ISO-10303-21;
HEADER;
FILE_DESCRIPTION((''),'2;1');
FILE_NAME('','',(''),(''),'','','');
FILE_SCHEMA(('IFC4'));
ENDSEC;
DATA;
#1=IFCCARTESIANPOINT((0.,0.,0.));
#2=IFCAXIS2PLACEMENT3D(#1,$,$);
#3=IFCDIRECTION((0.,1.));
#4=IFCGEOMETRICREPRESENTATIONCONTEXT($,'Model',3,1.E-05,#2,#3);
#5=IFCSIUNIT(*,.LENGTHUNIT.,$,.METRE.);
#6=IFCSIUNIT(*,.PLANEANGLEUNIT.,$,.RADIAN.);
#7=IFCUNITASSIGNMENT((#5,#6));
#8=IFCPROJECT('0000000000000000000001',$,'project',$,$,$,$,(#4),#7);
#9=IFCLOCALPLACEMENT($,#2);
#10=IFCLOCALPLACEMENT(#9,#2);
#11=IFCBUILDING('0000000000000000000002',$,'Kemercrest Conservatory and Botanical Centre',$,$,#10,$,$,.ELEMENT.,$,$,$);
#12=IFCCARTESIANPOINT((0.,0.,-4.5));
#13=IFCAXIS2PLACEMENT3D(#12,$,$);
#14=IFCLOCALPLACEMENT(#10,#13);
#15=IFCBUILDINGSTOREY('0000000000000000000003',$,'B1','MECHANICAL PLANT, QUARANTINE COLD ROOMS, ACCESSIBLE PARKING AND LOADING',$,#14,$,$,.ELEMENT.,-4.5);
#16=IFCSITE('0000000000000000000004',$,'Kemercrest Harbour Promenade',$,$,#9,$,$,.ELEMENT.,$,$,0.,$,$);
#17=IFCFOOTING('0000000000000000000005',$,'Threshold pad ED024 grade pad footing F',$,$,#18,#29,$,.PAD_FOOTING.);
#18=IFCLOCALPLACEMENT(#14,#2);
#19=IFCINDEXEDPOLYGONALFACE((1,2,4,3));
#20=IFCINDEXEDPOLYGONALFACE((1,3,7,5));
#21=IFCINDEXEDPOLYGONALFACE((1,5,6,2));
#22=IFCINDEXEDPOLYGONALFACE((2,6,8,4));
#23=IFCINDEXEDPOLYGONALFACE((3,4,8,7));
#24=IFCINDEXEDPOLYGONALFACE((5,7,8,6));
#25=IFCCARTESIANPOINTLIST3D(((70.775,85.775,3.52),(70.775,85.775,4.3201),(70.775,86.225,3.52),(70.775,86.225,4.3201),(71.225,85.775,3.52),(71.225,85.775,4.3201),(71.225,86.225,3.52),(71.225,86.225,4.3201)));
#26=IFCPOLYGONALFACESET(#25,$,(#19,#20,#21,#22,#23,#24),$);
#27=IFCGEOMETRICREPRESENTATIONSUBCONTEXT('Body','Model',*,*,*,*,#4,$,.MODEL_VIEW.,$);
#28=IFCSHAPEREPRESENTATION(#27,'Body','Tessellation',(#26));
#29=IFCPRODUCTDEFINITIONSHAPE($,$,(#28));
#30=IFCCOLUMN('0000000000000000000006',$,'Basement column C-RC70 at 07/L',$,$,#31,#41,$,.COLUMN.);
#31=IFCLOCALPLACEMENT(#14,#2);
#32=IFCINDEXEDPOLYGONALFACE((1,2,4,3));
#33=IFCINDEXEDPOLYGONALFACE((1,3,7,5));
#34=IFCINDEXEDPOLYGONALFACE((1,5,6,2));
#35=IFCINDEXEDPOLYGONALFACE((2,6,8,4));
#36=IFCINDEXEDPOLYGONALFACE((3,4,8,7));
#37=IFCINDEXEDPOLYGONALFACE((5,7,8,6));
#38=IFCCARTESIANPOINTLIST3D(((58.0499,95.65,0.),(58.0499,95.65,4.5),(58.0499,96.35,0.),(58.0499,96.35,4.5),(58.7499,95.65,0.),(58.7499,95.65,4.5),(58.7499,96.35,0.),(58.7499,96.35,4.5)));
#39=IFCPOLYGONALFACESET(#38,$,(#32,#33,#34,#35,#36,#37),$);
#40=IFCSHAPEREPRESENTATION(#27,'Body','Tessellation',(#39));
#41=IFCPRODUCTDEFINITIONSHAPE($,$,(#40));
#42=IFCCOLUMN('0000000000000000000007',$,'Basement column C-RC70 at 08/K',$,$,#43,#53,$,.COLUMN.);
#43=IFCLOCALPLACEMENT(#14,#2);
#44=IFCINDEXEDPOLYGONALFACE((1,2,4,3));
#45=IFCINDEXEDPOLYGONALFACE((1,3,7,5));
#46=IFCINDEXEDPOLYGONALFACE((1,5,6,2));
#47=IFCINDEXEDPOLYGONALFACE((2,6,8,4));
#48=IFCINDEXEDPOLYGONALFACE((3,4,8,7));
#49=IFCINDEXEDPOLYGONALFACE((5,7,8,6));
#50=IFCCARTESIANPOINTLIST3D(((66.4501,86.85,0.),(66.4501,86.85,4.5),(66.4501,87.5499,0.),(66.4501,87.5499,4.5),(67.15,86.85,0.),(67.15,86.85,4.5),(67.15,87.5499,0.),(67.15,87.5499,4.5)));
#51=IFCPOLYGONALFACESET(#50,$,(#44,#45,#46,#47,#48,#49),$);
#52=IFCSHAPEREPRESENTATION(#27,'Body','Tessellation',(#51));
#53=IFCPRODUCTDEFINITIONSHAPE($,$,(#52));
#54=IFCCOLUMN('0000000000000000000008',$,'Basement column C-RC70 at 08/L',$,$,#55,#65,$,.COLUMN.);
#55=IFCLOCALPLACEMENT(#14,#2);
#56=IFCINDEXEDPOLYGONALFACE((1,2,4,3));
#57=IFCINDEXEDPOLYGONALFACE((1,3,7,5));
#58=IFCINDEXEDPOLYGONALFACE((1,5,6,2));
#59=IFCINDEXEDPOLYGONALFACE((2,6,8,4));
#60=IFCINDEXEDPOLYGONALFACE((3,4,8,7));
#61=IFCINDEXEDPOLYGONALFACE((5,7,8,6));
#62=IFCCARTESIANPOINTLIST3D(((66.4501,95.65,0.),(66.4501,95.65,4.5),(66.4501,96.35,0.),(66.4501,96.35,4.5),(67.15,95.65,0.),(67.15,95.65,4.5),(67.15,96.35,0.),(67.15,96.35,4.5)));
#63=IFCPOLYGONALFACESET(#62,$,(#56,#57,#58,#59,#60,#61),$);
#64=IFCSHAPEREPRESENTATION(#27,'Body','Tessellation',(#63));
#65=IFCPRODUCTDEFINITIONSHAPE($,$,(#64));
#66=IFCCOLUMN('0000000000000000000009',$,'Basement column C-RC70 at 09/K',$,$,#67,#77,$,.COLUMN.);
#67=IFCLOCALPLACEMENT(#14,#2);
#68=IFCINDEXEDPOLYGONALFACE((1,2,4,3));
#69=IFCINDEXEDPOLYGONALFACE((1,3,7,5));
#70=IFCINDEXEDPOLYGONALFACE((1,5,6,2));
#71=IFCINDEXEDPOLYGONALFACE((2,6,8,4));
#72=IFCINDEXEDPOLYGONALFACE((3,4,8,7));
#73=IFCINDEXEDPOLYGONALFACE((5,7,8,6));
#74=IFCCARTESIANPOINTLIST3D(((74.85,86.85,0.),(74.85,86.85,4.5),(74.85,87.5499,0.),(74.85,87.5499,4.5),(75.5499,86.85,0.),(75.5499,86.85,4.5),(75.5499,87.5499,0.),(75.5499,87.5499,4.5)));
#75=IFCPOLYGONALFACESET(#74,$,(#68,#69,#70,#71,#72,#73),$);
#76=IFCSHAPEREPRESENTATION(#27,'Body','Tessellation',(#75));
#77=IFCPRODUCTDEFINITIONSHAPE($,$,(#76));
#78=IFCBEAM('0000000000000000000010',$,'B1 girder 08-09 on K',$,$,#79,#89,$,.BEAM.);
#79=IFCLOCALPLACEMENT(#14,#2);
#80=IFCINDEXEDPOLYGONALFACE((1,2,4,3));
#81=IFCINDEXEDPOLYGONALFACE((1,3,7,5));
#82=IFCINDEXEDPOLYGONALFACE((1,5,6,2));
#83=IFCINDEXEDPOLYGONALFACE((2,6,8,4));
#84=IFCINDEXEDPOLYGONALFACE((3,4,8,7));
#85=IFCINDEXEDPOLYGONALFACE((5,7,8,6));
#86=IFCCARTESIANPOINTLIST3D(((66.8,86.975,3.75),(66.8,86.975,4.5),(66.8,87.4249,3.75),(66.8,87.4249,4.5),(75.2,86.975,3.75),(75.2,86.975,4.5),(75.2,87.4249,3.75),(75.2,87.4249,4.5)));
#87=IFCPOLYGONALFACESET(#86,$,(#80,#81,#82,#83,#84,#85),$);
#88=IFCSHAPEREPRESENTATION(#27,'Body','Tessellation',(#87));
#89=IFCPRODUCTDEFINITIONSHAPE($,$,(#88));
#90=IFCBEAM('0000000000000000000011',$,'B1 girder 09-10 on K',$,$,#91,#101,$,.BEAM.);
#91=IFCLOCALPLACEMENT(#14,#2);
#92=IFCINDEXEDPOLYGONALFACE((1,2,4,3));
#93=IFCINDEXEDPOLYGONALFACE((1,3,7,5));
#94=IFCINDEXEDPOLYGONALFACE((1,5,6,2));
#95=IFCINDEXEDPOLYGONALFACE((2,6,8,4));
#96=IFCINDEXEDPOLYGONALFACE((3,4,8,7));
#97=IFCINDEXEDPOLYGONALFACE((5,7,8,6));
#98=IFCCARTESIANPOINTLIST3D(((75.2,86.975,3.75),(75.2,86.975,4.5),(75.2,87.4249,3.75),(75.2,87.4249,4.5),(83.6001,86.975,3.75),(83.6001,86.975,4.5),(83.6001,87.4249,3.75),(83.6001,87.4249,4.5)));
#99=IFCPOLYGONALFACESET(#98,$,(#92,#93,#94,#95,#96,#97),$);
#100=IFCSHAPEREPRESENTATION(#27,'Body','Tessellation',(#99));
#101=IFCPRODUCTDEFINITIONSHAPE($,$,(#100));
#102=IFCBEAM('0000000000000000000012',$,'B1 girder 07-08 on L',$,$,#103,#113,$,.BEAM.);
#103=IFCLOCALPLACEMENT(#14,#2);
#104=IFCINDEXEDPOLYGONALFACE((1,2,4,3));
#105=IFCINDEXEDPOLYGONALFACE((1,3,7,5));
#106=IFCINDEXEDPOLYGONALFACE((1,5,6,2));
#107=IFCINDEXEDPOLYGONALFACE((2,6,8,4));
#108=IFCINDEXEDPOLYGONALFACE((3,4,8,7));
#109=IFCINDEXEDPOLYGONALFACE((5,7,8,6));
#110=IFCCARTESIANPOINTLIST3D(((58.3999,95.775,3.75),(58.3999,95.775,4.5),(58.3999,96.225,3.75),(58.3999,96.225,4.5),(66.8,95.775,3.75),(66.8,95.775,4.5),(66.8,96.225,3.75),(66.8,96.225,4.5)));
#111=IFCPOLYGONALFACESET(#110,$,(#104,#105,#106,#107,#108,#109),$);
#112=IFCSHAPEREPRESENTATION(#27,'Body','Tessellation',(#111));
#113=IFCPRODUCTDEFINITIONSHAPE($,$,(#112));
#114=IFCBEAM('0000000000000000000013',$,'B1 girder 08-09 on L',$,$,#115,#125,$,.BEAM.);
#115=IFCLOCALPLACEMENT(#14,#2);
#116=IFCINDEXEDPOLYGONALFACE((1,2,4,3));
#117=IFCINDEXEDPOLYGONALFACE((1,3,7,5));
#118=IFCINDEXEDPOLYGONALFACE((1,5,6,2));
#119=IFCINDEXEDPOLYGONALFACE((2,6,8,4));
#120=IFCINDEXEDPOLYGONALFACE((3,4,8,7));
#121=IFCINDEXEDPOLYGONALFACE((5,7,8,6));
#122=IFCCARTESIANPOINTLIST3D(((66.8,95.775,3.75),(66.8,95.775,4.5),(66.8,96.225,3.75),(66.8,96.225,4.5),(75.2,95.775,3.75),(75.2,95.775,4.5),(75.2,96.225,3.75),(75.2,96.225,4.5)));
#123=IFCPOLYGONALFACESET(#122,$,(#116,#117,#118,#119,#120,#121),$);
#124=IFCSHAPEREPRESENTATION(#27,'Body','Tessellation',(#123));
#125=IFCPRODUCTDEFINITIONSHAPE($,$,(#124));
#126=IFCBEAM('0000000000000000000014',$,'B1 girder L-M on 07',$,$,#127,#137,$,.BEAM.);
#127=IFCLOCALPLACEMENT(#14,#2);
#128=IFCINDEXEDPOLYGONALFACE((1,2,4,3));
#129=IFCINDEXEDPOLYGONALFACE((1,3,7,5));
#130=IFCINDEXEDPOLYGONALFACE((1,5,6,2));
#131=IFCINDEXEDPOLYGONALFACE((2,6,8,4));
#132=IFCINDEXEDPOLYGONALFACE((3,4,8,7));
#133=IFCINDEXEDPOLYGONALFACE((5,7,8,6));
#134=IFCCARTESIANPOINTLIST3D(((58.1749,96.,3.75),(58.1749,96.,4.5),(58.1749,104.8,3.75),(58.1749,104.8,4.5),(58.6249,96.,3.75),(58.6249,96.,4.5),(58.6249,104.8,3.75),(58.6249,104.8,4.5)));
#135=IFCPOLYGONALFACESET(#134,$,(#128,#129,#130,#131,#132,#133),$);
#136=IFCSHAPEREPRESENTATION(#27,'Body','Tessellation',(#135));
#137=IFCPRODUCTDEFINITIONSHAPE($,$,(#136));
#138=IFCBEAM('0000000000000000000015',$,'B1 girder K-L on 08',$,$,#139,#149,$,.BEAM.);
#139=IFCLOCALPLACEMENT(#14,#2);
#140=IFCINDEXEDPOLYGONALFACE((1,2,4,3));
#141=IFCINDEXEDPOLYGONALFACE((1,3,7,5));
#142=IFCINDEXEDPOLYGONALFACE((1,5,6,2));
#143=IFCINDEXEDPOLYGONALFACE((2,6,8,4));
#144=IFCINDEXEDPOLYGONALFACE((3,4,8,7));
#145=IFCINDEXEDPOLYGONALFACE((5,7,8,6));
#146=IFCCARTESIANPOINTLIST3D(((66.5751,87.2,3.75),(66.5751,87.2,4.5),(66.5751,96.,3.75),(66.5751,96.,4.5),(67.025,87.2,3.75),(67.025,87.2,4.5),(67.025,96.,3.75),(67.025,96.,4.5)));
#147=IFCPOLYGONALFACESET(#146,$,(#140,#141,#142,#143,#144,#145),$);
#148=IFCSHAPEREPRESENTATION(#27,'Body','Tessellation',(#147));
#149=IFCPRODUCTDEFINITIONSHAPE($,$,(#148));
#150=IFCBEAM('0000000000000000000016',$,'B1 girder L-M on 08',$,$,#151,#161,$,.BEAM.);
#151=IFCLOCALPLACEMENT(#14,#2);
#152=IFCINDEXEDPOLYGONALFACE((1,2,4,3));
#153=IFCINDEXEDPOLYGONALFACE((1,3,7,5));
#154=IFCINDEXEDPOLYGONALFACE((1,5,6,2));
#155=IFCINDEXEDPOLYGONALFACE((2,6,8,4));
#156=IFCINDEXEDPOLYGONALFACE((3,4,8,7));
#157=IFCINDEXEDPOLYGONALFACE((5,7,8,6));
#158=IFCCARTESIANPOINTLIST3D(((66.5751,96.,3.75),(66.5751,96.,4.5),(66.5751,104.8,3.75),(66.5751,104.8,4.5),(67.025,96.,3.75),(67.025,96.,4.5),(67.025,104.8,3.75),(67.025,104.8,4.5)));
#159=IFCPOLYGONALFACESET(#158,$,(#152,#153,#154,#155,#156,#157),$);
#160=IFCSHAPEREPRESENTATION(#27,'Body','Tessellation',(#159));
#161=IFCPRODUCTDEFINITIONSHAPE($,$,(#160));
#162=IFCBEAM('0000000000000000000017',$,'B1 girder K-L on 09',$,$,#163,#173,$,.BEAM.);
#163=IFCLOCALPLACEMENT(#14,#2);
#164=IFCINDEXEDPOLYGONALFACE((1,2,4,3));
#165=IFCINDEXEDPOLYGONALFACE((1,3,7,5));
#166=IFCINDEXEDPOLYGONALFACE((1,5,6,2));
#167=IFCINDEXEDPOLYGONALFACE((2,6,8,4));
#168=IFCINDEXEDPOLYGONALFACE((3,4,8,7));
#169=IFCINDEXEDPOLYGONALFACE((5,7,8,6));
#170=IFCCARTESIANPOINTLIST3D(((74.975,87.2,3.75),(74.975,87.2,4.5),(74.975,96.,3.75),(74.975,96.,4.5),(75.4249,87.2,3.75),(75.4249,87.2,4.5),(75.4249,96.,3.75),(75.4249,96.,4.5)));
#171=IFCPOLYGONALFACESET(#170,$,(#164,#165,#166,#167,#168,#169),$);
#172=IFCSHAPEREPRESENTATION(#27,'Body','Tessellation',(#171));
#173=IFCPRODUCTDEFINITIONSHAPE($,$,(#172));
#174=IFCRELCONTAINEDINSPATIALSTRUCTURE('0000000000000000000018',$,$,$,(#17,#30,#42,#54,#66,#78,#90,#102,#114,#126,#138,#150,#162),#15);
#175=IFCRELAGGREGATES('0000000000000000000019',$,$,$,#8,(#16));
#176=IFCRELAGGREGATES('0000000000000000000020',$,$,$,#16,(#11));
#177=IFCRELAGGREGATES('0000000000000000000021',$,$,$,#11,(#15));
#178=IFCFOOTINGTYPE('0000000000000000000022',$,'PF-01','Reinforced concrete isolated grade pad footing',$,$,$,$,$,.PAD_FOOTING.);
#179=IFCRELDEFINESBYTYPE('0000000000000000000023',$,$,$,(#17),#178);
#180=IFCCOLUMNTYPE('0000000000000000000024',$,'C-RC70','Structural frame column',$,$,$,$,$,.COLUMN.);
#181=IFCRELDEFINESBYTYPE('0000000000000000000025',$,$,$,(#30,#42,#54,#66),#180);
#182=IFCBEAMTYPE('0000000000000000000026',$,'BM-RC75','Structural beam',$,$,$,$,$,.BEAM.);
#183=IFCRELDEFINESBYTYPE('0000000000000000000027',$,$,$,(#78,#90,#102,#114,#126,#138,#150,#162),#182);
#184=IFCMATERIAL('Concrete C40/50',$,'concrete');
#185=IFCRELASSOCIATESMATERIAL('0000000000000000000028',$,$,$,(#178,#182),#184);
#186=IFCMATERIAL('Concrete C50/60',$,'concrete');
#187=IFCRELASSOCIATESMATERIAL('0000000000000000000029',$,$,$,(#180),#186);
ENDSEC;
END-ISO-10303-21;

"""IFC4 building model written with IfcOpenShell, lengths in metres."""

from ifc_helpers import new_model, si_unit, direction, frame, origin, origin_2d, place, context, subcontext, project, spatial, rectangle, extrude, material, material_profile, profile_set, type_object, element, save


model = new_model("IFC4")

# Units and contexts
model_context = context("Model", 3, precision=1e-05, world=origin(), true_north=direction((0.0, 1.0)))
body_context = subcontext(model_context, "Body", "Model", "MODEL_VIEW")
ifc_project = project(units=[si_unit("LENGTHUNIT", "METRE"), si_unit("PLANEANGLEUNIT", "RADIAN")], contexts=[model_context])

# Site, building, storey
site_placement = place(None, origin())
site = spatial("IfcSite", under=ifc_project, at=site_placement, Name="Kemercrest Harbour Promenade", CompositionType="ELEMENT", RefElevation=0.0)
building_placement = place(site_placement, origin())
building = spatial("IfcBuilding", under=site, at=building_placement, Name="Kemercrest Conservatory and Botanical Centre", CompositionType="ELEMENT")
storey_placement = place(building_placement, frame((0.0, 0.0, -4.5)))
storey = spatial("IfcBuildingStorey", under=building, at=storey_placement, Name="B1", Description="MECHANICAL PLANT, QUARANTINE COLD ROOMS, ACCESSIBLE PARKING AND LOADING", CompositionType="ELEMENT", Elevation=-4.5)

# Shared definitions
ifc_material_1 = material(Name="Concrete C40/50", Category="concrete")

# Footing
footing_type_1 = type_object("IfcFootingType", Name="PF-01", Description="Reinforced concrete isolated grade pad footing", PredefinedType="PAD_FOOTING", material=ifc_material_1)
for number, where, z_axis, x_axis, name in (
    (1, (71.0, 86.0, 3.52), (0.0, 0.0, 1.0), (1.0, 0.0, 0.0), "Threshold pad ED024 grade pad footing F"),
):
    element("IfcFooting", number, at=place(storey_placement, frame(where, z_axis=z_axis, x_axis=x_axis)), inside=storey, type_object=footing_type_1, Name=name, PredefinedType="PAD_FOOTING", context=body_context, shape_type="SweptSolid", body=[
        extrude(rectangle(XDim=0.45, YDim=0.45, at=origin_2d()), origin(), (0.0, 0.0, 1.0), 0.8),
    ])

# Columns
ifc_material_2 = material(Name="Concrete C50/60", Category="concrete")
ifc_material_profile_1 = material_profile(ifc_material_2, rectangle(XDim=0.7, YDim=0.7, at=origin_2d()), Name="RC 700x700")
ifc_profile_set_1 = profile_set([ifc_material_profile_1], Name="Concrete C50/60")
column_type = type_object("IfcColumnType", Name="C-RC70", Description="Structural frame column", PredefinedType="COLUMN", material=ifc_profile_set_1)
for number, where, z_axis, x_axis, name in (
    (2, (58.3999, 96.0, 0.0), (0.0, 0.0, 1.0), (1.0, 0.0, 0.0), "Basement column C-RC70 at 07/L"),
    (3, (66.8, 87.2, 0.0), (0.0, 0.0, 1.0), (1.0, 0.0, 0.0), "Basement column C-RC70 at 08/K"),
    (4, (66.8, 96.0, 0.0), (0.0, 0.0, 1.0), (1.0, 0.0, 0.0), "Basement column C-RC70 at 08/L"),
    (5, (75.2, 87.2, 0.0), (0.0, 0.0, 1.0), (1.0, 0.0, 0.0), "Basement column C-RC70 at 09/K"),
):
    element("IfcColumn", number, at=place(storey_placement, frame(where, z_axis=z_axis, x_axis=x_axis)), inside=storey, type_object=column_type, Name=name, PredefinedType="COLUMN", context=body_context, shape_type="SweptSolid", body=[
        extrude(rectangle(XDim=0.7, YDim=0.7, at=origin_2d()), origin(), (0.0, 0.0, 1.0), 4.5),
    ])

# Beams
ifc_material_profile_2 = material_profile(ifc_material_1, rectangle(XDim=0.45, YDim=0.75, at=origin_2d()), Name="RC 450x750")
ifc_profile_set_2 = profile_set([ifc_material_profile_2], Name="Concrete C40/50")
beam_type = type_object("IfcBeamType", Name="BM-RC75", Description="Structural beam", PredefinedType="BEAM", material=ifc_profile_set_2)
beam_1_placement = place(storey_placement, frame((66.8, 87.2, 4.125), z_axis=(1.0, 0.0, 0.0), x_axis=(0.0, 1.0, 0.0)))
element("IfcBeam", 6, at=beam_1_placement, inside=storey, type_object=beam_type, Name="B1 girder 08-09 on K", PredefinedType="BEAM", context=body_context, shape_type="SweptSolid", body=[
    extrude(rectangle(XDim=0.45, YDim=0.75, at=origin_2d()), origin(), (0.0, 0.0, 1.0), 8.3999),
])
for number, where, z_axis, x_axis, name in (
    (7, (75.2, 87.2, 4.125), (1.0, 0.0, 0.0), (0.0, 1.0, 0.0), "B1 girder 09-10 on K"),
    (8, (58.3999, 96.0, 4.125), (1.0, 0.0, 0.0), (0.0, 1.0, 0.0), "B1 girder 07-08 on L"),
):
    element("IfcBeam", number, at=place(storey_placement, frame(where, z_axis=z_axis, x_axis=x_axis)), inside=storey, type_object=beam_type, Name=name, PredefinedType="BEAM", context=body_context, shape_type="SweptSolid", body=[
        extrude(rectangle(XDim=0.45, YDim=0.75, at=origin_2d()), origin(), (0.0, 0.0, 1.0), 8.4001),
    ])
beam_2_placement = place(storey_placement, frame((66.8, 96.0, 4.125), z_axis=(1.0, 0.0, 0.0), x_axis=(0.0, 1.0, 0.0)))
element("IfcBeam", 9, at=beam_2_placement, inside=storey, type_object=beam_type, Name="B1 girder 08-09 on L", PredefinedType="BEAM", context=body_context, shape_type="SweptSolid", body=[
    extrude(rectangle(XDim=0.45, YDim=0.75, at=origin_2d()), origin(), (0.0, 0.0, 1.0), 8.3999),
])
for number, where, z_axis, x_axis, name in (
    (10, (58.3999, 96.0, 4.125), (0.0, 1.0, 0.0), (-1.0, 0.0, 0.0), "B1 girder L-M on 07"),
    (11, (66.8, 87.2, 4.125), (0.0, 1.0, 0.0), (-1.0, 0.0, 0.0), "B1 girder K-L on 08"),
    (12, (66.8, 96.0, 4.125), (0.0, 1.0, 0.0), (-1.0, 0.0, 0.0), "B1 girder L-M on 08"),
    (13, (75.2, 87.2, 4.125), (0.0, 1.0, 0.0), (-1.0, 0.0, 0.0), "B1 girder K-L on 09"),
):
    element("IfcBeam", number, at=place(storey_placement, frame(where, z_axis=z_axis, x_axis=x_axis)), inside=storey, type_object=beam_type, Name=name, PredefinedType="BEAM", context=body_context, shape_type="SweptSolid", body=[
        extrude(rectangle(XDim=0.45, YDim=0.75, at=origin_2d()), origin(), (0.0, 0.0, 1.0), 8.8),
    ])

save(model, "model.ifc")
